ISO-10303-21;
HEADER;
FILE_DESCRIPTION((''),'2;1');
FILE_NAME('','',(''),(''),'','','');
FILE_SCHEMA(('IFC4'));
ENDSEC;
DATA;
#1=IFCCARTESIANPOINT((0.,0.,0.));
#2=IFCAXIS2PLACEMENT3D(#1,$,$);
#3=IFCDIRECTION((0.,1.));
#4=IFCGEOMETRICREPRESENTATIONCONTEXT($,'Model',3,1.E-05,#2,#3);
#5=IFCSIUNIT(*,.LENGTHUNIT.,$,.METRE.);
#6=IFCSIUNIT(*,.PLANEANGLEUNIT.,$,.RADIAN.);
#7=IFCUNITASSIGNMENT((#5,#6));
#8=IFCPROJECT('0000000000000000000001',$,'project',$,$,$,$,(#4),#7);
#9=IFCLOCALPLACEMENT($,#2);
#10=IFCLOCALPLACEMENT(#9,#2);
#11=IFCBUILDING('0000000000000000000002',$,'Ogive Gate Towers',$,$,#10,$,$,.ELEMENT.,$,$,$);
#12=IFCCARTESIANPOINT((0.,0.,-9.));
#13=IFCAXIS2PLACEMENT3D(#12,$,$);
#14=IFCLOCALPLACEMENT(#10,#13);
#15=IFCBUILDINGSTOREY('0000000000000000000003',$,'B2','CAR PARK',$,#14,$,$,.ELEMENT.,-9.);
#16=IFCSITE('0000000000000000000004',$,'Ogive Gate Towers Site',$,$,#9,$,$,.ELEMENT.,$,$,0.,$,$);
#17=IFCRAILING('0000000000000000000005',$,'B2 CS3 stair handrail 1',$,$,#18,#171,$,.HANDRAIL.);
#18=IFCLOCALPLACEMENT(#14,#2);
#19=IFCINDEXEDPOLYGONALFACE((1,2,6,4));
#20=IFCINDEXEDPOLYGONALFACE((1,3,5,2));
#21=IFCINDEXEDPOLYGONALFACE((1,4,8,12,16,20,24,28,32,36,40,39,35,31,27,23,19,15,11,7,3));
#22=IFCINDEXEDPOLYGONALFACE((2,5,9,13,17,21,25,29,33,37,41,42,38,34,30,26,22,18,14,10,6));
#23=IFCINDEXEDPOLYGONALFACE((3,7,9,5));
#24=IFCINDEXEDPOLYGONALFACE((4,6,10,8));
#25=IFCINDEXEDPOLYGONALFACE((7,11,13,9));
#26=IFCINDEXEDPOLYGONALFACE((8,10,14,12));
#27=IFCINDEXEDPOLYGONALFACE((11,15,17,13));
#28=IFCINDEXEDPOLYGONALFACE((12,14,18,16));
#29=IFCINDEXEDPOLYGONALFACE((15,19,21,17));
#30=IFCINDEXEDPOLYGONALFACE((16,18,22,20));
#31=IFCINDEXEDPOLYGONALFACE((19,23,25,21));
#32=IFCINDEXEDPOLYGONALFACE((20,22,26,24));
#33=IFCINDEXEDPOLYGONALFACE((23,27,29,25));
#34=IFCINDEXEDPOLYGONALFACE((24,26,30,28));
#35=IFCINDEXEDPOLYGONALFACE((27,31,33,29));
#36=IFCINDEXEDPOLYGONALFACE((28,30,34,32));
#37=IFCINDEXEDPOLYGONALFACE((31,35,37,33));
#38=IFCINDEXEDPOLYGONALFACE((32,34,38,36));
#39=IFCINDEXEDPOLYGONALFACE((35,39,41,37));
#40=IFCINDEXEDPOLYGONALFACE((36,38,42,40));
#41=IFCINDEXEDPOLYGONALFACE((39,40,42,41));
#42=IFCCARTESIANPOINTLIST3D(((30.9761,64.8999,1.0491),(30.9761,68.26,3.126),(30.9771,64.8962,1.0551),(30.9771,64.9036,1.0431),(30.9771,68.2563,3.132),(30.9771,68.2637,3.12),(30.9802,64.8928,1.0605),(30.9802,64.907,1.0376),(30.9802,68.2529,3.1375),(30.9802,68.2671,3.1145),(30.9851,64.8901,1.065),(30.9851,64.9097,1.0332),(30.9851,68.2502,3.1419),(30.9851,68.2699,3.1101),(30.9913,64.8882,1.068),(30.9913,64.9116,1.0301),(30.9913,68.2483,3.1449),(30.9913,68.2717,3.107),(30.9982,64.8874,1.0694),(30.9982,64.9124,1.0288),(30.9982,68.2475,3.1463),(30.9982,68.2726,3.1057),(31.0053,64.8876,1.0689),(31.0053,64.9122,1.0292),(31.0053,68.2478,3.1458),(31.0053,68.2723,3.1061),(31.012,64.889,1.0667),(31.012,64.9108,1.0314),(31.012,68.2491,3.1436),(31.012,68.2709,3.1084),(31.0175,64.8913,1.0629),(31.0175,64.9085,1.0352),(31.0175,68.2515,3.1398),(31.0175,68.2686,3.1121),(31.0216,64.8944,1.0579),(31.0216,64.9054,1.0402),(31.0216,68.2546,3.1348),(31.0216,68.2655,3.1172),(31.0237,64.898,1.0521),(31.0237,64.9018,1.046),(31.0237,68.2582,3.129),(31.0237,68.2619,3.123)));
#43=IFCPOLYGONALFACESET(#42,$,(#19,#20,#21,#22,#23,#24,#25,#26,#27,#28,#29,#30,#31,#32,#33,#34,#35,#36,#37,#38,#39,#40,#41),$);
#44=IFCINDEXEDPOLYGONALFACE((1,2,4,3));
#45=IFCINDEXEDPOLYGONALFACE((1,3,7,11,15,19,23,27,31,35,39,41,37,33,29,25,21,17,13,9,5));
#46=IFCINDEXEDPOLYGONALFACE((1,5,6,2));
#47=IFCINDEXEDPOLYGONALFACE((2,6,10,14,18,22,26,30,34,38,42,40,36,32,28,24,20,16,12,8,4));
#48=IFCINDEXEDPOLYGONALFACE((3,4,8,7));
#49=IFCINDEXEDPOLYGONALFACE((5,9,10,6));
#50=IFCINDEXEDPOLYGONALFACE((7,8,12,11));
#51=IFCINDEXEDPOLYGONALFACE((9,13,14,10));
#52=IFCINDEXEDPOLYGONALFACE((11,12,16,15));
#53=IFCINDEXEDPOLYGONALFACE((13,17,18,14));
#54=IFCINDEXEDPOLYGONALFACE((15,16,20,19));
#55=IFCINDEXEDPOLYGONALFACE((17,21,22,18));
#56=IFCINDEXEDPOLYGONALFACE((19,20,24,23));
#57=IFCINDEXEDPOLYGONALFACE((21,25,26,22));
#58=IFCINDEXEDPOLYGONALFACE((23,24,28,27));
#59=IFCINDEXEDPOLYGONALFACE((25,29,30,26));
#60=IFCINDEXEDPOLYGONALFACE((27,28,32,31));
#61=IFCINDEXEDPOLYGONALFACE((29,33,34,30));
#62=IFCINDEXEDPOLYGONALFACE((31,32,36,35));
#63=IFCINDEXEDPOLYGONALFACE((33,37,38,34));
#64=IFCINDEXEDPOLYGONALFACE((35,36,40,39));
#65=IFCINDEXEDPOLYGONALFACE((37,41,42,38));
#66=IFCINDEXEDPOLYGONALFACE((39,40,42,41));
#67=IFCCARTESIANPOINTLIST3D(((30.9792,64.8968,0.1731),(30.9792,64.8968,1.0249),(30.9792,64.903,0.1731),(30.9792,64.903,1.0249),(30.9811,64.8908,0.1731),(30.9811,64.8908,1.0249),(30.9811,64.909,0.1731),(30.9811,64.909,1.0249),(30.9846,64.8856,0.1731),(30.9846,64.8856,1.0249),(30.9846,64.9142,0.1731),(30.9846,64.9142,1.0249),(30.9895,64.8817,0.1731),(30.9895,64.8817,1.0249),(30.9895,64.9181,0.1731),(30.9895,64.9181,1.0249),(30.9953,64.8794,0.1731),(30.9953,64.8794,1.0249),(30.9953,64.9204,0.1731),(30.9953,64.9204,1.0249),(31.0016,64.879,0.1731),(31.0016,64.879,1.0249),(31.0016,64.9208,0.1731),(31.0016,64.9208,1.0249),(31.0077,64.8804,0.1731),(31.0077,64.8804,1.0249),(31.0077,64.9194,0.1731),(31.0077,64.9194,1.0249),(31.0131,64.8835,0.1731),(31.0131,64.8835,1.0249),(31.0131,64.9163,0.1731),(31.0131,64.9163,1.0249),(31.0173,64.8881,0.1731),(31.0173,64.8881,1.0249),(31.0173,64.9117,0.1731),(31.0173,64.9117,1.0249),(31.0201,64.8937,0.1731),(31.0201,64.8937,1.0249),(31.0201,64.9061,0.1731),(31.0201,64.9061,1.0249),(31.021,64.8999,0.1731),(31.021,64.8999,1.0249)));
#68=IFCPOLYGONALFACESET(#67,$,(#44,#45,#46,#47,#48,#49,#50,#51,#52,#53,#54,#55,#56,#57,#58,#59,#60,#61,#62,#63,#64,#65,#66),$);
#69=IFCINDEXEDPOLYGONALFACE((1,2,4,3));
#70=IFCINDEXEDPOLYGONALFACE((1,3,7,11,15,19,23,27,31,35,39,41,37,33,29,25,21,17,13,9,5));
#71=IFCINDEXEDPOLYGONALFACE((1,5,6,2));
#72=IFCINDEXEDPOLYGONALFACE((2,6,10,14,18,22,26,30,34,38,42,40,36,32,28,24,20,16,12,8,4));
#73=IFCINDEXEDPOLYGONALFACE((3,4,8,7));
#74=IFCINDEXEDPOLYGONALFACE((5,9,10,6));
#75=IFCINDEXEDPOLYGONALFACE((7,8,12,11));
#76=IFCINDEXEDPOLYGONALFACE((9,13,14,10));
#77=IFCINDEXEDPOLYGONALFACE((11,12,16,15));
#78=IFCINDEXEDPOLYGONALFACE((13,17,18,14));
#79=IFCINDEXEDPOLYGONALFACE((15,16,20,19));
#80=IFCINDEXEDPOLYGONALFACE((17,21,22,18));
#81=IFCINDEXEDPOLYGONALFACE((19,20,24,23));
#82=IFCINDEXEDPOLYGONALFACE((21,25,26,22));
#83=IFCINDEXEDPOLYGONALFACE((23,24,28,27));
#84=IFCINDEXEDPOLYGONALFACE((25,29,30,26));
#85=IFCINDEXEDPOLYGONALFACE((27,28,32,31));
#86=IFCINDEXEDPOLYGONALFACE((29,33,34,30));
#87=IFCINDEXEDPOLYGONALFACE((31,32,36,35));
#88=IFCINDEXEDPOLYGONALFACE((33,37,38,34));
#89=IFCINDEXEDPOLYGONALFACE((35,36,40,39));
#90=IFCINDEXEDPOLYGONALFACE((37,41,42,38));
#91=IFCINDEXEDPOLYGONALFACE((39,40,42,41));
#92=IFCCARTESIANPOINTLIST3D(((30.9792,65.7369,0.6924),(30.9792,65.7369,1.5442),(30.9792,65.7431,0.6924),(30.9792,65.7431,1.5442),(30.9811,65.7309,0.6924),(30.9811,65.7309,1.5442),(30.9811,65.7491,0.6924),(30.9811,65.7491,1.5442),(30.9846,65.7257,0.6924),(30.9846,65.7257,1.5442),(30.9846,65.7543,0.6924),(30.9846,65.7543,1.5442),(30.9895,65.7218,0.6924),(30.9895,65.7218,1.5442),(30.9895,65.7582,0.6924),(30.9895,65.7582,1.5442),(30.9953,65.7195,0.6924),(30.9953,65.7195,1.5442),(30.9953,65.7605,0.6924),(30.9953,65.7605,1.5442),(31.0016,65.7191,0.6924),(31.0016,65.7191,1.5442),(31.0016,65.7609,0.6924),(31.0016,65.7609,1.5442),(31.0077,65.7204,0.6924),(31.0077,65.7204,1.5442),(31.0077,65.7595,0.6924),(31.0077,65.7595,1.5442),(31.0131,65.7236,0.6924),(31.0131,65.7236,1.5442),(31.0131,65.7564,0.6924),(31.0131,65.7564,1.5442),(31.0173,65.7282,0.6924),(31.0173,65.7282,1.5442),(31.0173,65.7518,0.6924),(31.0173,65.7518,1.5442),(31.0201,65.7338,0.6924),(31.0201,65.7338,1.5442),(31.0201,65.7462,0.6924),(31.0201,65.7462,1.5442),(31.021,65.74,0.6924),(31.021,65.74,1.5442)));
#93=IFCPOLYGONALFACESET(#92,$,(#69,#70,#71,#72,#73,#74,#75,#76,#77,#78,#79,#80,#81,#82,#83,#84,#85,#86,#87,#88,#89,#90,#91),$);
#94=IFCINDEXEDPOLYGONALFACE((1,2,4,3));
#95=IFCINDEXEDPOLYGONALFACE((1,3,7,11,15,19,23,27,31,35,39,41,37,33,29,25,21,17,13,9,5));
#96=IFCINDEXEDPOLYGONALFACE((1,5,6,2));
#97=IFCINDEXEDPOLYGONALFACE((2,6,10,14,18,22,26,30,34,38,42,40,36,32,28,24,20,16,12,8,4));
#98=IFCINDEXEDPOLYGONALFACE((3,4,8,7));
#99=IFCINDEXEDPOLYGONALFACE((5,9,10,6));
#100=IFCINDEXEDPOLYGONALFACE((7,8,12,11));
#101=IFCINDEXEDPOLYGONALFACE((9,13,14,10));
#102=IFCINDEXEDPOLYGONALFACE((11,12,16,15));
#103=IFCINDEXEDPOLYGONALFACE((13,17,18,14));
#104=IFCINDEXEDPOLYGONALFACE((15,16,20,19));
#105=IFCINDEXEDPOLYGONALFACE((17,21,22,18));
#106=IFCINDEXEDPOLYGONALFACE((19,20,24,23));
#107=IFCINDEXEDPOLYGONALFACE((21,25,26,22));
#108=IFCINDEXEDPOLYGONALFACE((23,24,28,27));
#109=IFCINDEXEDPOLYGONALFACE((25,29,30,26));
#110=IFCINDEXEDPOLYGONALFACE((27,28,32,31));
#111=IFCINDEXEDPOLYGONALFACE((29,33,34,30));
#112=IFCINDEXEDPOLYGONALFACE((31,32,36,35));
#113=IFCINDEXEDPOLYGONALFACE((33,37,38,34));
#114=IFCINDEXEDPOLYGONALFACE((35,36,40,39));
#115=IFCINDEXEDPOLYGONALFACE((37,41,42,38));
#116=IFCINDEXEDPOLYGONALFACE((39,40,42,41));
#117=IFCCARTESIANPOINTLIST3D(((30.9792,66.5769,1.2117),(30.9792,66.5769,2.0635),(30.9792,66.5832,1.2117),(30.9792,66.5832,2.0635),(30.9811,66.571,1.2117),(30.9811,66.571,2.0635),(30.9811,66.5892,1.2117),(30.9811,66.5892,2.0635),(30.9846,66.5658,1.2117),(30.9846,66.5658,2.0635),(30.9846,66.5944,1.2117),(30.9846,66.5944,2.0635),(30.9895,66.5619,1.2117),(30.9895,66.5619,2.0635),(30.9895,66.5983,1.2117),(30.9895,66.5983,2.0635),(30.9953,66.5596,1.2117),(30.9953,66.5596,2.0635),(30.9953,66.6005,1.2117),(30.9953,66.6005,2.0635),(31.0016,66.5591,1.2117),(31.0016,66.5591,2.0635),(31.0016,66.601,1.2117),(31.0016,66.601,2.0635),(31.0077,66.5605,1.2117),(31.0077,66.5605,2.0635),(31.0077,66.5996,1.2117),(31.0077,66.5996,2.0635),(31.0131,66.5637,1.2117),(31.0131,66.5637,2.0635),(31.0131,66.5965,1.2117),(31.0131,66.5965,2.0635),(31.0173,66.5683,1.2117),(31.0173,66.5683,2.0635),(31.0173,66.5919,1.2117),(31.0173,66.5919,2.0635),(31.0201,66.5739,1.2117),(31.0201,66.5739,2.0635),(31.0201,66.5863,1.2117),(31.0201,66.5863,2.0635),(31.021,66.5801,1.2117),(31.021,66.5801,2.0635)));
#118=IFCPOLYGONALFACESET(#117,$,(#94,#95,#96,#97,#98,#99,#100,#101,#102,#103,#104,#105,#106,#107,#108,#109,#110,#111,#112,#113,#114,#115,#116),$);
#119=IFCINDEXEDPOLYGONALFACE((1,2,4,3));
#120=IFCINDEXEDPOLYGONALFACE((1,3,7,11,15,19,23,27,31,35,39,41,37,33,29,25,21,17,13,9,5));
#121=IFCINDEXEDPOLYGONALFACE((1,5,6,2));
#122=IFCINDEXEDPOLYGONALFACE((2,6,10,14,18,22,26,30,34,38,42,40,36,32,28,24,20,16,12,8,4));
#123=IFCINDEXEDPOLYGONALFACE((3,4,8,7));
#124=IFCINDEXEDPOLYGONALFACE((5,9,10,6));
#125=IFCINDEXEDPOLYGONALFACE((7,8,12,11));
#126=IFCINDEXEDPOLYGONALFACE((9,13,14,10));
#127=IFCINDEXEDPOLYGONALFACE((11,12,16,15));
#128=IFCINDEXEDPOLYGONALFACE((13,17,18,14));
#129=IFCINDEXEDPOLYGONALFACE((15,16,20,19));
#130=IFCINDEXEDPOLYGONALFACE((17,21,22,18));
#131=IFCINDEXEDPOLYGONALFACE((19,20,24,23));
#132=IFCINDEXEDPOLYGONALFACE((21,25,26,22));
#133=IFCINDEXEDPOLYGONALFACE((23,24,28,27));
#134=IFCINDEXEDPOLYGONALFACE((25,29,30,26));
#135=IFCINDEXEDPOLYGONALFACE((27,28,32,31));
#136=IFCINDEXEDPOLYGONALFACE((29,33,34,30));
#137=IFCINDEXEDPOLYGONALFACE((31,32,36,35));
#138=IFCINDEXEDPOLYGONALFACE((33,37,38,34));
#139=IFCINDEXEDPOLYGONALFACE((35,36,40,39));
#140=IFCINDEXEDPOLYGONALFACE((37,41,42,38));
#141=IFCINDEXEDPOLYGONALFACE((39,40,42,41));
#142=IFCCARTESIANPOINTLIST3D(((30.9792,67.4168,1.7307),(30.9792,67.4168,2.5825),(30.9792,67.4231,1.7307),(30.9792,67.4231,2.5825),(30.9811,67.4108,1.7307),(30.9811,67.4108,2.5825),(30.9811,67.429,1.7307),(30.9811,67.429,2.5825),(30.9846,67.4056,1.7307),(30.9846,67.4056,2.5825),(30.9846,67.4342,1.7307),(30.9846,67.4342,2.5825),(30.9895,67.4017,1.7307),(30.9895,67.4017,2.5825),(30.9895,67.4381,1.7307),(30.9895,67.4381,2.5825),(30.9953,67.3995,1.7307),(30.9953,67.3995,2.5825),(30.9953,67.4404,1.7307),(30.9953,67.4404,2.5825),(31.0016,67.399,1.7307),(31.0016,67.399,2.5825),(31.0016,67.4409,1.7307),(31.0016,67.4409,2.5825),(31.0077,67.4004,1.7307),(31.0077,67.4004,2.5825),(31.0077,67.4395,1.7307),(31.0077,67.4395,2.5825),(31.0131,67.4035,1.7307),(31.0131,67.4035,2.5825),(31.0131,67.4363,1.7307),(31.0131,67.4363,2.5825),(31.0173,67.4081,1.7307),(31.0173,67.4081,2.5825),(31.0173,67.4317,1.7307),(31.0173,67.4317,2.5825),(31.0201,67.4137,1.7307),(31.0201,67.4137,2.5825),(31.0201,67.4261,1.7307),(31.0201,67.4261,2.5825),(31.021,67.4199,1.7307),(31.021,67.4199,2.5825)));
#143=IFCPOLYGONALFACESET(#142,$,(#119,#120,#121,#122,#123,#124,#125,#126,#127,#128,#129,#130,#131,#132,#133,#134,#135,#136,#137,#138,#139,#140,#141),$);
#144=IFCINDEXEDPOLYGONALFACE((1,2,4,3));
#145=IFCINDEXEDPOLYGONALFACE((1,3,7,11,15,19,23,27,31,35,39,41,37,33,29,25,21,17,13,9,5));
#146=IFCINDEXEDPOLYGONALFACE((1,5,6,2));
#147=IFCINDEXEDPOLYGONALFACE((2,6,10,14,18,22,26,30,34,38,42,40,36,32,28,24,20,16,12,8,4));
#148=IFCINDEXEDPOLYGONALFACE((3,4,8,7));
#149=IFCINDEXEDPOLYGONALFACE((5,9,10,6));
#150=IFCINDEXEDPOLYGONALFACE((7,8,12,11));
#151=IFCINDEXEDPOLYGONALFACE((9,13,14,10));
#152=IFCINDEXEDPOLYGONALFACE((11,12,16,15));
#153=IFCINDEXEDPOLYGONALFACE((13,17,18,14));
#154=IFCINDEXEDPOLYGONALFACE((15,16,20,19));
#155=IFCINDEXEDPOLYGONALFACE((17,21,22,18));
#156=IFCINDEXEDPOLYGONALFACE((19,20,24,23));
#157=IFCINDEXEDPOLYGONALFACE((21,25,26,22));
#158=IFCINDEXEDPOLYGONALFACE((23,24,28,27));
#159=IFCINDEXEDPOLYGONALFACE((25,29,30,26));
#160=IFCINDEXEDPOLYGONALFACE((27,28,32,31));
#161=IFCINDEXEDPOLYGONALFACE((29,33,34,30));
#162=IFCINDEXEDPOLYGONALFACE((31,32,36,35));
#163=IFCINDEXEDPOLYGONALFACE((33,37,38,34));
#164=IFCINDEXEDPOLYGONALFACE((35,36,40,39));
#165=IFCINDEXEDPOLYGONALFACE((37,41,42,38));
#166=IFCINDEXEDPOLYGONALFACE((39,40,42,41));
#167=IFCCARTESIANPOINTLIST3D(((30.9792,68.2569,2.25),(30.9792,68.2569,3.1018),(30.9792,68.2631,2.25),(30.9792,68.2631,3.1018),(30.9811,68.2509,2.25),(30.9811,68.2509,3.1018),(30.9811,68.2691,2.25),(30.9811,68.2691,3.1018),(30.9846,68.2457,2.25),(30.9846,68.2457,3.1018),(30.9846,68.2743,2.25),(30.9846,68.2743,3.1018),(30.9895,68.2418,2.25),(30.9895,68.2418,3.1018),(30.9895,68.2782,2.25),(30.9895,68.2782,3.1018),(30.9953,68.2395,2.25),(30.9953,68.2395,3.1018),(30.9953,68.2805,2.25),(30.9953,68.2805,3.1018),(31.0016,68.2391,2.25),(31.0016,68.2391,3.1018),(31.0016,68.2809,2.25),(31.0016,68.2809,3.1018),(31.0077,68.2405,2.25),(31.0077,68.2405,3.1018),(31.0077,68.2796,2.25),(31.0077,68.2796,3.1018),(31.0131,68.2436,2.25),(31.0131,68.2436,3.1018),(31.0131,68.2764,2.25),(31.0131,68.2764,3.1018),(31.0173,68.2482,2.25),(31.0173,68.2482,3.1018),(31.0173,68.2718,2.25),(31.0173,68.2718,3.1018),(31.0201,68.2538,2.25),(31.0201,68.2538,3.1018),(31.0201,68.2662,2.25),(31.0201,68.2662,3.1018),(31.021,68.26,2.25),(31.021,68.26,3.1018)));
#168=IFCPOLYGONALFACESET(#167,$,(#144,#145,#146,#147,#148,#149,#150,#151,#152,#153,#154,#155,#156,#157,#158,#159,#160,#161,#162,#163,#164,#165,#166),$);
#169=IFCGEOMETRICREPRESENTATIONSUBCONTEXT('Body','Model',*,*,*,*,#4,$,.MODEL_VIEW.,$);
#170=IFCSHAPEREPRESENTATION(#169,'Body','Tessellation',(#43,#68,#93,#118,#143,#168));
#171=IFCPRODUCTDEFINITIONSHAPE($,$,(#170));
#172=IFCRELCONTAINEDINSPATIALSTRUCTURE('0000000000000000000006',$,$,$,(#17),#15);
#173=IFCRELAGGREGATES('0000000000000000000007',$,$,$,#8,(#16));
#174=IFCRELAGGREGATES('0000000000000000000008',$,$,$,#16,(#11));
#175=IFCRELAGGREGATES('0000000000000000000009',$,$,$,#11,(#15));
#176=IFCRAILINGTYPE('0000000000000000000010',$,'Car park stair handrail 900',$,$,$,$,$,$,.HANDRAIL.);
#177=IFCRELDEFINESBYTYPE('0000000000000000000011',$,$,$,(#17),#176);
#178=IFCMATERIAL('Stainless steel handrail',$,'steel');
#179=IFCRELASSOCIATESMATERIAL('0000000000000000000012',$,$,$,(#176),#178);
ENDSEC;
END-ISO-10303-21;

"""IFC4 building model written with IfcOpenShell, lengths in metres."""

from ifc_helpers import new_model, si_unit, direction, frame, origin, origin_2d, place, context, subcontext, project, spatial, circle, extrude, material, type_object, element, save


model = new_model("IFC4")

# Units and contexts
model_context = context("Model", 3, precision=1e-05, world=origin(), true_north=direction((0.0, 1.0)))
body_context = subcontext(model_context, "Body", "Model", "MODEL_VIEW")
ifc_project = project(units=[si_unit("LENGTHUNIT", "METRE"), si_unit("PLANEANGLEUNIT", "RADIAN")], contexts=[model_context])

# Site, building, storey
site_placement = place(None, origin())
site = spatial("IfcSite", under=ifc_project, at=site_placement, Name="Ogive Gate Towers Site", CompositionType="ELEMENT", RefElevation=0.0)
building_placement = place(site_placement, origin())
building = spatial("IfcBuilding", under=site, at=building_placement, Name="Ogive Gate Towers", CompositionType="ELEMENT")
storey_placement = place(building_placement, frame((0.0, 0.0, -9.0)))
storey = spatial("IfcBuildingStorey", under=building, at=storey_placement, Name="B2", Description="CAR PARK", CompositionType="ELEMENT", Elevation=-9.0)

# Railing
ifc_material_1 = material(Name="Stainless steel handrail", Category="steel")
railing_type_1 = type_object("IfcRailingType", Name="Car park stair handrail 900", PredefinedType="HANDRAIL", material=ifc_material_1)
railing_1_placement = place(storey_placement, frame((31.0, 64.8999, 0.1731)))
element("IfcRailing", 1, at=railing_1_placement, inside=storey, type_object=railing_type_1, Name="B2 CS3 stair handrail 1", PredefinedType="HANDRAIL", context=body_context, shape_type="SweptSolid", body=[
    extrude(circle(Radius=0.0239, at=origin_2d()), frame((0.0, 0.0, 0.876), z_axis=(0.0, 0.850623, 0.525776), x_axis=(-1.0, 0.0, 0.0)), (0.0, 0.0, 1.0), 3.9502),
    extrude(circle(Radius=0.021, at=origin_2d()), origin(), (0.0, 0.0, 1.0), 0.8518),
    extrude(circle(Radius=0.021, at=origin_2d()), frame((0.0, 0.8401, 0.5193)), (0.0, 0.0, 1.0), 0.8518),
    extrude(circle(Radius=0.021, at=origin_2d()), frame((0.0, 1.6802, 1.0386)), (0.0, 0.0, 1.0), 0.8518),
    extrude(circle(Radius=0.021, at=origin_2d()), frame((0.0, 2.52, 1.5576)), (0.0, 0.0, 1.0), 0.8518),
    extrude(circle(Radius=0.021, at=origin_2d()), frame((0.0, 3.3601, 2.0769)), (0.0, 0.0, 1.0), 0.8518),
])

save(model, "model.ifc")
